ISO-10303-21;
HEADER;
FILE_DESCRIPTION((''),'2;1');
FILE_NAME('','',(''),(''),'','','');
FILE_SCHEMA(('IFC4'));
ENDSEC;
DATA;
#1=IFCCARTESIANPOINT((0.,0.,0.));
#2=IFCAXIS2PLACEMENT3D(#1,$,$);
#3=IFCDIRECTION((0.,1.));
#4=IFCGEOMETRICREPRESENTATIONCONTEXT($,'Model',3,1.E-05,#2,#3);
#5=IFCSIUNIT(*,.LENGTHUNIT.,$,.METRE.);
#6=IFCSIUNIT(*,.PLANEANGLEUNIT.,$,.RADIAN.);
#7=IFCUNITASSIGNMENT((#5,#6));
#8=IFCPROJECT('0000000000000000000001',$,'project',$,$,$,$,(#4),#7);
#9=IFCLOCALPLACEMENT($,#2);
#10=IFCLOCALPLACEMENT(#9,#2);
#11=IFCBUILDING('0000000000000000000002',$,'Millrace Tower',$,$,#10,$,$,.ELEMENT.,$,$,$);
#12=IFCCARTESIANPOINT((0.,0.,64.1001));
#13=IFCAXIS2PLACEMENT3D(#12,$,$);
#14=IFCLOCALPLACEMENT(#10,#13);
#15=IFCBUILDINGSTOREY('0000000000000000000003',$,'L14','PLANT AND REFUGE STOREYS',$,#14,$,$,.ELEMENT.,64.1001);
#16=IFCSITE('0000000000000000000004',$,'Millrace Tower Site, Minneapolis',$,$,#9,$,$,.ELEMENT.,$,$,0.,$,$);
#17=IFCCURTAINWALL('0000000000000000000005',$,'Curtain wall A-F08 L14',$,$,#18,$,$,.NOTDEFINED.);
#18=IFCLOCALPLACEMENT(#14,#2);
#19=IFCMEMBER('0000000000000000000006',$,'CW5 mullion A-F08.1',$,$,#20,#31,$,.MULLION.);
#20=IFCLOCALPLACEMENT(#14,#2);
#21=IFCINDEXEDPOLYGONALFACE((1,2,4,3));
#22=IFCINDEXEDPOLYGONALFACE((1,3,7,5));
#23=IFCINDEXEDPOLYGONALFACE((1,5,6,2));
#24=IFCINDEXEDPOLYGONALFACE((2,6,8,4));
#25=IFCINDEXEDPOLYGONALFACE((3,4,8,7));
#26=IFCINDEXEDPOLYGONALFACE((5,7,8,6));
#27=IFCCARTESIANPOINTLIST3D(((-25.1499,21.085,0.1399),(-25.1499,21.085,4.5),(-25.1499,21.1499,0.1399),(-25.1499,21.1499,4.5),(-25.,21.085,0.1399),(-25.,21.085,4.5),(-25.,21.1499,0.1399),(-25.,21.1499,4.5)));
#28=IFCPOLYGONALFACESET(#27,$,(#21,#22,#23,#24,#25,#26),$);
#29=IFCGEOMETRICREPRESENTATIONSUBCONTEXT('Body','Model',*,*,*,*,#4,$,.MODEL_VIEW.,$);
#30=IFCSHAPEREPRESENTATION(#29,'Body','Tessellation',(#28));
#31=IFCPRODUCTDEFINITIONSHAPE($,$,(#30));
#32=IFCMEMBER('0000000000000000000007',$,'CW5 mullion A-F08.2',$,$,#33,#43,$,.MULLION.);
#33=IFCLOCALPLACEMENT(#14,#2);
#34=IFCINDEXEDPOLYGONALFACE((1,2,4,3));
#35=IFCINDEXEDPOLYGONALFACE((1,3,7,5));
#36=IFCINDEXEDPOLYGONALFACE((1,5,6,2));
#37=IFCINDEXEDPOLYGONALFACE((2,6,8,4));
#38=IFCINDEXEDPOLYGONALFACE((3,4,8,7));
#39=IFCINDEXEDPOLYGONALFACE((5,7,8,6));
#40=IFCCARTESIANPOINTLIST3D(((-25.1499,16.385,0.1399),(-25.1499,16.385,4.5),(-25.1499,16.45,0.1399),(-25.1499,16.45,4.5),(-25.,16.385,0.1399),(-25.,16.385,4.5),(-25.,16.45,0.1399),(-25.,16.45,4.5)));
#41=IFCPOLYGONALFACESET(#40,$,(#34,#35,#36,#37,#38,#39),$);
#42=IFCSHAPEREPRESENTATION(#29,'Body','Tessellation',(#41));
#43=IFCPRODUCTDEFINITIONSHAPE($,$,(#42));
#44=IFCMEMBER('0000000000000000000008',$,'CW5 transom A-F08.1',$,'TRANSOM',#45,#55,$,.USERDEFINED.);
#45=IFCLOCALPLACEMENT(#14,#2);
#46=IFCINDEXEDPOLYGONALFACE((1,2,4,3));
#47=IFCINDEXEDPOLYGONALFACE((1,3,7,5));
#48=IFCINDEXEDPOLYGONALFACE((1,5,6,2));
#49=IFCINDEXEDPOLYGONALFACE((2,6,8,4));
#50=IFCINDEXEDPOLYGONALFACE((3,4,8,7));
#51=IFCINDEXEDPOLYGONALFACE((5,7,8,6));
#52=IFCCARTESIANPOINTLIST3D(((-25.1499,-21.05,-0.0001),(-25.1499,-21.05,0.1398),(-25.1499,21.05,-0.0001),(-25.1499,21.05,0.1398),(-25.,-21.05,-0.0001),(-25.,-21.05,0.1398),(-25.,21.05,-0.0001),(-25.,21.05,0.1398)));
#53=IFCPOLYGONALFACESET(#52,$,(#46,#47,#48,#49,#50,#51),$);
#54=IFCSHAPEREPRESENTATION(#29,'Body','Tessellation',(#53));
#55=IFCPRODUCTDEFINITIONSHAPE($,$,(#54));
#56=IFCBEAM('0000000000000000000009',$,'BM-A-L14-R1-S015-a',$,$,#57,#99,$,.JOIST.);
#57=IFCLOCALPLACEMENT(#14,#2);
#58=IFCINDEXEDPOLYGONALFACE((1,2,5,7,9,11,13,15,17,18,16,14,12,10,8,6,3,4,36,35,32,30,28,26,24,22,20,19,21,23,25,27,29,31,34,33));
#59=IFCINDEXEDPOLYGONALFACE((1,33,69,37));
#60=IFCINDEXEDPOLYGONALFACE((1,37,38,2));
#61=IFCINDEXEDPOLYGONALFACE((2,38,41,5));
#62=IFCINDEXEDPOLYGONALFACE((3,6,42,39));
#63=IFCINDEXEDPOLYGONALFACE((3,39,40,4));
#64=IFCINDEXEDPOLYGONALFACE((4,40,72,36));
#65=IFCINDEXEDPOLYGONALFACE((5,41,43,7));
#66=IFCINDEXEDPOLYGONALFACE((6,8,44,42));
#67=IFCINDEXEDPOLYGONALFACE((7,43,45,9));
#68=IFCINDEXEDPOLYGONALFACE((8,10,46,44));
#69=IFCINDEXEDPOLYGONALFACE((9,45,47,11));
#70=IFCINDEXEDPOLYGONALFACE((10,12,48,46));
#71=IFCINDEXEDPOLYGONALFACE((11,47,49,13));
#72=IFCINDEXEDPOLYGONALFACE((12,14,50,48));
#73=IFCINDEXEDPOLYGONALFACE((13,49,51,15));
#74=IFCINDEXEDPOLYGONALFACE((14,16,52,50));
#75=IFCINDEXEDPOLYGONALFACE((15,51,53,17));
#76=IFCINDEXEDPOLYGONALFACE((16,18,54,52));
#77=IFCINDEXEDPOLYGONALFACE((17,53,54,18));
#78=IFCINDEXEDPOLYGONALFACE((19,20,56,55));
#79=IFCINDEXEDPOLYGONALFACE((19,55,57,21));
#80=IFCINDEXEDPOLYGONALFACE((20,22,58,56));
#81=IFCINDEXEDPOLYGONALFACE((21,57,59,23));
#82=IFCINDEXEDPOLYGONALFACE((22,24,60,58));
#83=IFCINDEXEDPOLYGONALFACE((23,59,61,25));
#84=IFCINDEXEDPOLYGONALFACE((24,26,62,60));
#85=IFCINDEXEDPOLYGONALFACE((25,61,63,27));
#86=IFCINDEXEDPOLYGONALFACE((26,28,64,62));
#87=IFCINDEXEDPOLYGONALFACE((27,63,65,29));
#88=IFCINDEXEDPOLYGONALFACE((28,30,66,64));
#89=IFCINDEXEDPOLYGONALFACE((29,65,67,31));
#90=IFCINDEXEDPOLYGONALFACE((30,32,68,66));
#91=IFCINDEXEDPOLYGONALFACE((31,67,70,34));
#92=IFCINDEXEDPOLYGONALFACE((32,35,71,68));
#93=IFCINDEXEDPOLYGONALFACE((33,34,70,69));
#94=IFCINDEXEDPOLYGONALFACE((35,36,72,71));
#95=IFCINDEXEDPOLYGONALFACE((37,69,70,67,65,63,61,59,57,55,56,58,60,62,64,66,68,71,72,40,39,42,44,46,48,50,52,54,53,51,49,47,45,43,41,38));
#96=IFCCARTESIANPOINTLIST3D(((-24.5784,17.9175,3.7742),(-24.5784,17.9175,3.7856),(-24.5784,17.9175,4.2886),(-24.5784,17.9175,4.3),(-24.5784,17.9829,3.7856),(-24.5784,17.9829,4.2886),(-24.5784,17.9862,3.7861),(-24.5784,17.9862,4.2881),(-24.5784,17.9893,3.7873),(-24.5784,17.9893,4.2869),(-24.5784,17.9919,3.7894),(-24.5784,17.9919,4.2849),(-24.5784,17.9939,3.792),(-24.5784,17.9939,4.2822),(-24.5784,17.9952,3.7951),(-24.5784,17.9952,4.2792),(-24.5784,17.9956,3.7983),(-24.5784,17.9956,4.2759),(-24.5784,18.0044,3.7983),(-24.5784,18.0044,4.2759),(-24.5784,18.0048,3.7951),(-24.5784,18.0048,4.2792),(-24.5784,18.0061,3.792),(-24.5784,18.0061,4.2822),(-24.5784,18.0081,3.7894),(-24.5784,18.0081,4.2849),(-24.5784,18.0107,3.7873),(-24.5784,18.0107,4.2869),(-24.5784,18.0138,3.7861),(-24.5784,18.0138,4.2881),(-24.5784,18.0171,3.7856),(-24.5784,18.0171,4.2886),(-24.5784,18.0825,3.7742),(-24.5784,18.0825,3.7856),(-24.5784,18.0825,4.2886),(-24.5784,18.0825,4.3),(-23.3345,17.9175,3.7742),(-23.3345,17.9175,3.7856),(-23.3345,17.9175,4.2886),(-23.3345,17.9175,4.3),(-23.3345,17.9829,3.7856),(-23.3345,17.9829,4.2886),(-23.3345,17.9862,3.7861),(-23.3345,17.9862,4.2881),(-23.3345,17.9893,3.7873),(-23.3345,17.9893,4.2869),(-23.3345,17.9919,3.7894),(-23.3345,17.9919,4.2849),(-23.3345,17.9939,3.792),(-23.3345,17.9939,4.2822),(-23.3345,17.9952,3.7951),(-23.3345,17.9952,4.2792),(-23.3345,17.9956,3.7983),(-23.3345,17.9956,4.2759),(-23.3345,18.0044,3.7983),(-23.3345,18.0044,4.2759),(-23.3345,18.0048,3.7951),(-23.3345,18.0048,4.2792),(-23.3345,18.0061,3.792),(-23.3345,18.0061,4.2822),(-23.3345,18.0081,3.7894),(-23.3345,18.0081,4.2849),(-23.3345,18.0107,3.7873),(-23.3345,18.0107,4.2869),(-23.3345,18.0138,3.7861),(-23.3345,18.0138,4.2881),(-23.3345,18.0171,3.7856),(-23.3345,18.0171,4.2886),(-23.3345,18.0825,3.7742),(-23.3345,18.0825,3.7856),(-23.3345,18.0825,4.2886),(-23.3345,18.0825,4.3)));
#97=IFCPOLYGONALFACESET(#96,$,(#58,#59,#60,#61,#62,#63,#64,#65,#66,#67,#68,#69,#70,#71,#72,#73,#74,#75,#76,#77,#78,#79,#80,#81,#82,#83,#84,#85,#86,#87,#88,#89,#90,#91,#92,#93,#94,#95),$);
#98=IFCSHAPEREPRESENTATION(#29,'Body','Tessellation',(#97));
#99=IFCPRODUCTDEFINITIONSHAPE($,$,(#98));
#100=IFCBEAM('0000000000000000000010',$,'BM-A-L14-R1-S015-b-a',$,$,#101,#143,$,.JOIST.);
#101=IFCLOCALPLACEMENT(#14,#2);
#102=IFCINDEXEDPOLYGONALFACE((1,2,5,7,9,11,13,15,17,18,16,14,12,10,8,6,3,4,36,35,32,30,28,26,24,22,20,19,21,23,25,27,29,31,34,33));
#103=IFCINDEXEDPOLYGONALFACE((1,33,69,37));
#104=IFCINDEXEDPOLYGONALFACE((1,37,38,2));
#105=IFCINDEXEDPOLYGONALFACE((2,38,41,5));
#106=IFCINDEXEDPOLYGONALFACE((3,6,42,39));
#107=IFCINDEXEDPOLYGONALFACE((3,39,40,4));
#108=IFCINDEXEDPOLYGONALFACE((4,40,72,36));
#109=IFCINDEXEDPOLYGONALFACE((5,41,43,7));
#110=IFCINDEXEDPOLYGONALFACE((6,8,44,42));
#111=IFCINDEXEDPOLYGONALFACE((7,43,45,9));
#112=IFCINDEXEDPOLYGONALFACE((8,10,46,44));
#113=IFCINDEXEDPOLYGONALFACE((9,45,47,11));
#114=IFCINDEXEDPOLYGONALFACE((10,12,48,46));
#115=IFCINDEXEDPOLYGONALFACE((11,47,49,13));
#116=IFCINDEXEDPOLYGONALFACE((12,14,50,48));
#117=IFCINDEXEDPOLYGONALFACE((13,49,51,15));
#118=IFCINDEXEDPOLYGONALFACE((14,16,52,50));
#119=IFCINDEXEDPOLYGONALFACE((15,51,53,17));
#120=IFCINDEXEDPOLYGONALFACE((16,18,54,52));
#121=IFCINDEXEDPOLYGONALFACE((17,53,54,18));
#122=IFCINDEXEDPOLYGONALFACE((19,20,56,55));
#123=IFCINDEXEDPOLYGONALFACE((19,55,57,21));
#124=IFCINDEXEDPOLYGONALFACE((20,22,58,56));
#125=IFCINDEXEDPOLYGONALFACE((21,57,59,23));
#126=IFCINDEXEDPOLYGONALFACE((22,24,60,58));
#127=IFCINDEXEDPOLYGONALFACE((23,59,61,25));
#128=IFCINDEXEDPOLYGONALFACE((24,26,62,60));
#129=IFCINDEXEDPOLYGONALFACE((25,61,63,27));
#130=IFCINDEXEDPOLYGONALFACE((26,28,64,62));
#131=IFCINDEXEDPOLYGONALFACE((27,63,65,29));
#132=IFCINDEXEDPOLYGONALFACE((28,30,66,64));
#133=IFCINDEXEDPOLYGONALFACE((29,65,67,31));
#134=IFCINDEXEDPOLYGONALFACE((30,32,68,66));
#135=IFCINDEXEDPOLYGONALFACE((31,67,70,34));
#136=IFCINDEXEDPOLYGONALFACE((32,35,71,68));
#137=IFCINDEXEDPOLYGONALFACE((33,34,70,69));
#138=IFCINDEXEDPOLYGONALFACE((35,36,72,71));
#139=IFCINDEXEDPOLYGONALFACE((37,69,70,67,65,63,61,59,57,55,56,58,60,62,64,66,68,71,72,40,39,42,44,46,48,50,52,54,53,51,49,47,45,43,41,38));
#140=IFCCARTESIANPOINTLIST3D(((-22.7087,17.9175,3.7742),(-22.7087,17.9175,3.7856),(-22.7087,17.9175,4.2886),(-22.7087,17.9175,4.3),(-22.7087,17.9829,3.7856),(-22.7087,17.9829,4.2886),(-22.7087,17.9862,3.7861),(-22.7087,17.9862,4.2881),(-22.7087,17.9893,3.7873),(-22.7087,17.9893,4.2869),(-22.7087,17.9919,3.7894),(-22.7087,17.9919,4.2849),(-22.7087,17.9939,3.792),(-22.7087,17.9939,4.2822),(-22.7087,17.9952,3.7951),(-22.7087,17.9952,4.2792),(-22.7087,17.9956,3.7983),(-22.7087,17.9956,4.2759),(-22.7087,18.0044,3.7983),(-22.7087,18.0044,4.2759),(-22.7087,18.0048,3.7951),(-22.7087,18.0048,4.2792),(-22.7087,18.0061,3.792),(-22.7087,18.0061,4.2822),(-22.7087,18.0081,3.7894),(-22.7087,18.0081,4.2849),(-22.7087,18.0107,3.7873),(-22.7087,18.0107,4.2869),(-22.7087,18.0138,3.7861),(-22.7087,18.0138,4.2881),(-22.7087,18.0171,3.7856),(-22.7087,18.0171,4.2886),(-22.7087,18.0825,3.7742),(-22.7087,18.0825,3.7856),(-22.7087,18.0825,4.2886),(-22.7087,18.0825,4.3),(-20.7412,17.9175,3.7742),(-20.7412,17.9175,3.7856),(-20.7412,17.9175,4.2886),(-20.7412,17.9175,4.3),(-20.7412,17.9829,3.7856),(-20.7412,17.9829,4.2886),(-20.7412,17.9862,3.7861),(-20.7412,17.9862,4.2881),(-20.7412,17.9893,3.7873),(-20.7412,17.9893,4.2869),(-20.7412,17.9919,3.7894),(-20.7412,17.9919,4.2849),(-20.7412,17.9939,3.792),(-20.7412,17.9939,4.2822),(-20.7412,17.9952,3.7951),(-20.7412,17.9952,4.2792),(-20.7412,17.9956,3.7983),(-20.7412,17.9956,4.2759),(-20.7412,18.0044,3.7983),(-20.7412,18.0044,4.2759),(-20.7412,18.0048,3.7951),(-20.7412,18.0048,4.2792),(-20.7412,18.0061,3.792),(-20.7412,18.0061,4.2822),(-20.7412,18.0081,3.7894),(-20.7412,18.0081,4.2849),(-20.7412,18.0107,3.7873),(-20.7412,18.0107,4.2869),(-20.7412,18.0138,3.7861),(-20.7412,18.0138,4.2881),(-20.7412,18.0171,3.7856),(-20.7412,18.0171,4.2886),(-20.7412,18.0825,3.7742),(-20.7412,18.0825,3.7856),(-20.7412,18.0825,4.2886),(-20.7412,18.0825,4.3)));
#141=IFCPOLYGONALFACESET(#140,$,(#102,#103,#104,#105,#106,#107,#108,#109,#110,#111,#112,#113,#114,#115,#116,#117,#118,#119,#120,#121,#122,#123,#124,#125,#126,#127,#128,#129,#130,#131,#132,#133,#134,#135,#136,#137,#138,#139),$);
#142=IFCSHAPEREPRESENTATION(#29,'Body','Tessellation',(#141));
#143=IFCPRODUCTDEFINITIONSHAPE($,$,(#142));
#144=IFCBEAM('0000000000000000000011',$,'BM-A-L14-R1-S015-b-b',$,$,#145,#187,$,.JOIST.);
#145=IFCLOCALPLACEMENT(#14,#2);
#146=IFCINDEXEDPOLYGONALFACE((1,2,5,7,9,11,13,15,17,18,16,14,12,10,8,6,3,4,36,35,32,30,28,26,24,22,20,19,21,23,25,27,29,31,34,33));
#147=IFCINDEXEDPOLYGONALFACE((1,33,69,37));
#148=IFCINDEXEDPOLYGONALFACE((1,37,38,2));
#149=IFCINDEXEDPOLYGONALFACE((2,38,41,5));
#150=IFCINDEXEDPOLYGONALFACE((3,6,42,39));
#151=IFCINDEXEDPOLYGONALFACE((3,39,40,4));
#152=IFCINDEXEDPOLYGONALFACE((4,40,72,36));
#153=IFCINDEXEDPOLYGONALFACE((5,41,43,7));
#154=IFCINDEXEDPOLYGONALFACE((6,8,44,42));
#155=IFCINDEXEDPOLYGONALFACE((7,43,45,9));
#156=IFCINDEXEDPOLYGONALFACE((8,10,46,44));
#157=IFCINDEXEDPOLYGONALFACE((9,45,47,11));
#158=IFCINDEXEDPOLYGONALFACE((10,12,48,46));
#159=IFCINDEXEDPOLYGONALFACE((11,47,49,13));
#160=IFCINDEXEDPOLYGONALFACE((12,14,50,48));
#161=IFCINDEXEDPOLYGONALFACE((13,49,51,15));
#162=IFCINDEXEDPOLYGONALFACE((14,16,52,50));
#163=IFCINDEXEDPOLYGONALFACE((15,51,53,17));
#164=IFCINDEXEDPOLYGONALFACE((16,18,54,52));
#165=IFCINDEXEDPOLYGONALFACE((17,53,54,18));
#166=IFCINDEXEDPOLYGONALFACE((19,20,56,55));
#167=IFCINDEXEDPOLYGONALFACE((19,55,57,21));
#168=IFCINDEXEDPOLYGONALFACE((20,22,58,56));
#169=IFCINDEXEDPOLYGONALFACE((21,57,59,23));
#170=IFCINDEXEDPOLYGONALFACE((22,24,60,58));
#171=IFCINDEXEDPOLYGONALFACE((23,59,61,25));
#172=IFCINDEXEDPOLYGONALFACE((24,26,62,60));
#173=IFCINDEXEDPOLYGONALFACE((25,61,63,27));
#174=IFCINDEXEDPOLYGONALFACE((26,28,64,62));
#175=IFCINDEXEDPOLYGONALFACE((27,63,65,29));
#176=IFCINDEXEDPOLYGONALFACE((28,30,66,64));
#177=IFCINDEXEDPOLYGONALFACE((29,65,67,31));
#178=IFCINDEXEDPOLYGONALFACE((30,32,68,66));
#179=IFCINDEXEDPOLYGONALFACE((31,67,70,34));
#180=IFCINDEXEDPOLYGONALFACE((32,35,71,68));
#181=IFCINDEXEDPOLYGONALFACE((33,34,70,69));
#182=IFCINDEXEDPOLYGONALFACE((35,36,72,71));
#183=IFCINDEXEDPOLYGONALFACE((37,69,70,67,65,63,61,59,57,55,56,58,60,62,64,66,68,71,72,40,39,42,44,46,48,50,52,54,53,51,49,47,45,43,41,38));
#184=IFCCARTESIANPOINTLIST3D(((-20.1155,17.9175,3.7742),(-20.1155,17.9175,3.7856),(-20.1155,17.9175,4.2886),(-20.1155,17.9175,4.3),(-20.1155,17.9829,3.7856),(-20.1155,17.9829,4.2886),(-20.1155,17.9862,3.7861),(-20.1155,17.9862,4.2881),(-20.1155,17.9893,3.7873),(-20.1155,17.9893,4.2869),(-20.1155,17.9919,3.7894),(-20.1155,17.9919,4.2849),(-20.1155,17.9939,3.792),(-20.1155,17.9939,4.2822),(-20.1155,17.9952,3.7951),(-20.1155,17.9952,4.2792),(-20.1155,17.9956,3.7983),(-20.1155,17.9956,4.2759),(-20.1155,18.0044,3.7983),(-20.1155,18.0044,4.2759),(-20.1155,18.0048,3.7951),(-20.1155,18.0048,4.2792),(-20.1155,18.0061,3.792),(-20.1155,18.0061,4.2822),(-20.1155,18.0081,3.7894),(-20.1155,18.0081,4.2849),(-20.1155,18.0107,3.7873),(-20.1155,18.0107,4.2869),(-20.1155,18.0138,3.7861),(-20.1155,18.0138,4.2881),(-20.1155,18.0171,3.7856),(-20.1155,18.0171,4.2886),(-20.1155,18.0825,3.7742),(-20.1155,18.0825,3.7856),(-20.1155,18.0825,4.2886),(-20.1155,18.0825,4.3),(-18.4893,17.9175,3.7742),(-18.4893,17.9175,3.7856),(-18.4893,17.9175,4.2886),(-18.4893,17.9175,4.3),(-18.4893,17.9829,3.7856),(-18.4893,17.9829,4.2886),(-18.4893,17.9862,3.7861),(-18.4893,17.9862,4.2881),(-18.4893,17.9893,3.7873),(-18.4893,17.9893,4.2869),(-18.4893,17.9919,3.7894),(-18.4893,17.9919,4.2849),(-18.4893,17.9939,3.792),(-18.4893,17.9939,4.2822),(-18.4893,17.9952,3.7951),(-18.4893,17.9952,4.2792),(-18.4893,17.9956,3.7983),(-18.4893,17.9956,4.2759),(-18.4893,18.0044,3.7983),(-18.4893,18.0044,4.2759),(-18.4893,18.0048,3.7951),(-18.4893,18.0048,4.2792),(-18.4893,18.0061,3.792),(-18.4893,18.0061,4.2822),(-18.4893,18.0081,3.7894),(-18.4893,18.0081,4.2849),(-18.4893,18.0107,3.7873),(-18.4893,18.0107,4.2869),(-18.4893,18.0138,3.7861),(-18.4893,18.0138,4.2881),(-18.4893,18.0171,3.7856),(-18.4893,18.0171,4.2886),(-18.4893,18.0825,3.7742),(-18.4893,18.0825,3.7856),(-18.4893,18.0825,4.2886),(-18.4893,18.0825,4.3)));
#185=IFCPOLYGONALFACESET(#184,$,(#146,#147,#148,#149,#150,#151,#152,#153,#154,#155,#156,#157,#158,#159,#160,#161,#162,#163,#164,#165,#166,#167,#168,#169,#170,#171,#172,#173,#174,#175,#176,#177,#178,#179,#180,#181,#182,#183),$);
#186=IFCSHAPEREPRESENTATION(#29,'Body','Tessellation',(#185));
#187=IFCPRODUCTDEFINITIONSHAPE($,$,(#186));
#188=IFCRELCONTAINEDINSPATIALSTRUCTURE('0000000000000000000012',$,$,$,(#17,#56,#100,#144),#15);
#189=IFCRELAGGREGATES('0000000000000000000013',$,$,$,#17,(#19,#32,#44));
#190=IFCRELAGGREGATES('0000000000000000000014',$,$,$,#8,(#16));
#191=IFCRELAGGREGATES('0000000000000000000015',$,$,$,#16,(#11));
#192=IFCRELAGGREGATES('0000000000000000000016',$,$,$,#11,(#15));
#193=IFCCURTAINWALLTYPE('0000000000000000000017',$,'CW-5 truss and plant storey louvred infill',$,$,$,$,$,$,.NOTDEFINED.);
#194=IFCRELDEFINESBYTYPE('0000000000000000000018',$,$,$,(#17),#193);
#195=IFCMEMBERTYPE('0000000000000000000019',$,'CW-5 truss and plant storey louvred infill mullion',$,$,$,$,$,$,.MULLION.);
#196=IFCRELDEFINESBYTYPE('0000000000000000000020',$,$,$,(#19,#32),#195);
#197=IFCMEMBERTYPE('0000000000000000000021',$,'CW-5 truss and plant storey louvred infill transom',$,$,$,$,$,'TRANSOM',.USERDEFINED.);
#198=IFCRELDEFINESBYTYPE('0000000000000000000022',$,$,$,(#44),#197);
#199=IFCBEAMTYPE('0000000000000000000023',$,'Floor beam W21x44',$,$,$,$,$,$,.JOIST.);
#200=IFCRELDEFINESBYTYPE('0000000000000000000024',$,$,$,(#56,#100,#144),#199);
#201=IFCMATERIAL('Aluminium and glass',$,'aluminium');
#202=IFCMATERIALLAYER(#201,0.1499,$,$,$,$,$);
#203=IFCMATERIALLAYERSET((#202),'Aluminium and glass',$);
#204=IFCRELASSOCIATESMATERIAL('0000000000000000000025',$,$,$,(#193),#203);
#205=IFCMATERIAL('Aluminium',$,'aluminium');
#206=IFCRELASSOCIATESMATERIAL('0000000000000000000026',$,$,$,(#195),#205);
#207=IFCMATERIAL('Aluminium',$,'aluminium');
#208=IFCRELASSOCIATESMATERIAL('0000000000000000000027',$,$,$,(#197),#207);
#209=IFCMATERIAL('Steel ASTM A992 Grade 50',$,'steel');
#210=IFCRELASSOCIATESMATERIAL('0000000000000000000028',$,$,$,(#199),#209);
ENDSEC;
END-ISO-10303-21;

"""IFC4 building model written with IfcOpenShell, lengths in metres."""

from ifc_helpers import new_model, si_unit, direction, frame, origin, origin_2d, place, context, subcontext, project, spatial, rectangle, i_section, extrude, material, layer, layer_set, material_profile, profile_set, type_object, element, aggregate, save


model = new_model("IFC4")

# Units and contexts
model_context = context("Model", 3, precision=1e-05, world=origin(), true_north=direction((0.0, 1.0)))
body_context = subcontext(model_context, "Body", "Model", "MODEL_VIEW")
ifc_project = project(units=[si_unit("LENGTHUNIT", "METRE"), si_unit("PLANEANGLEUNIT", "RADIAN")], contexts=[model_context])

# Site, building, storey
site_placement = place(None, origin())
site = spatial("IfcSite", under=ifc_project, at=site_placement, Name="Millrace Tower Site, Minneapolis", CompositionType="ELEMENT", RefElevation=0.0)
building_placement = place(site_placement, origin())
building = spatial("IfcBuilding", under=site, at=building_placement, Name="Millrace Tower", CompositionType="ELEMENT")
storey_placement = place(building_placement, frame((0.0, 0.0, 64.1001)))
storey = spatial("IfcBuildingStorey", under=building, at=storey_placement, Name="L14", Description="PLANT AND REFUGE STOREYS", CompositionType="ELEMENT", Elevation=64.1001)

# Curtain wall, members
ifc_material_1 = material(Name="Aluminium and glass", Category="aluminium")
ifc_layer_1 = layer(ifc_material_1, 0.1499)
ifc_layer_set_1 = layer_set([ifc_layer_1], Name="Aluminium and glass")
curtain_wall_type = type_object("IfcCurtainWallType", Name="CW-5 truss and plant storey louvred infill", PredefinedType="NOTDEFINED", material=ifc_layer_set_1)
curtain_wall_placement = place(storey_placement, origin())
curtain_wall = element("IfcCurtainWall", 1, at=curtain_wall_placement, inside=storey, type_object=curtain_wall_type, Name="Curtain wall A-F08 L14", PredefinedType="NOTDEFINED")
ifc_material_2 = material(Name="Aluminium", Category="aluminium")
ifc_material_profile_1 = material_profile(ifc_material_2, rectangle(XDim=0.0649, YDim=0.1499, at=origin_2d()))
ifc_profile_set_1 = profile_set([ifc_material_profile_1], Name="Aluminium")
member_type_1 = type_object("IfcMemberType", Name="CW-5 truss and plant storey louvred infill mullion", PredefinedType="MULLION", material=ifc_profile_set_1)
member_1_placement = place(storey_placement, frame((-25.075, 21.1174, 0.1399), z_axis=(0.0, 0.0, 1.0), x_axis=(0.0, -1.0, 0.0)))
member_1 = element("IfcMember", 2, at=member_1_placement, type_object=member_type_1, Name="CW5 mullion A-F08.1", PredefinedType="MULLION", context=body_context, shape_type="SweptSolid", body=[
    extrude(rectangle(XDim=0.0649, YDim=0.1499, at=origin_2d()), origin(), (0.0, 0.0, 1.0), 4.3601),
])
member_2_placement = place(storey_placement, frame((-25.075, 16.4175, 0.1399), z_axis=(0.0, 0.0, 1.0), x_axis=(0.0, -1.0, 0.0)))
member_2 = element("IfcMember", 3, at=member_2_placement, type_object=member_type_1, Name="CW5 mullion A-F08.2", PredefinedType="MULLION", context=body_context, shape_type="SweptSolid", body=[
    extrude(rectangle(XDim=0.0649, YDim=0.1499, at=origin_2d()), origin(), (0.0, 0.0, 1.0), 4.3601),
])
ifc_material_3 = material(Name="Aluminium", Category="aluminium")
ifc_material_profile_2 = material_profile(ifc_material_3, rectangle(XDim=0.1499, YDim=0.1399, at=origin_2d()))
ifc_profile_set_2 = profile_set([ifc_material_profile_2], Name="Aluminium")
member_type_2 = type_object("IfcMemberType", Name="CW-5 truss and plant storey louvred infill transom", ElementType="TRANSOM", PredefinedType="USERDEFINED", material=ifc_profile_set_2)
member_3_placement = place(storey_placement, frame((-25.075, 21.05, 0.0698), z_axis=(0.0, -1.0, 0.0), x_axis=(1.0, 0.0, 0.0)))
member_3 = element("IfcMember", 4, at=member_3_placement, type_object=member_type_2, Name="CW5 transom A-F08.1", ObjectType="TRANSOM", PredefinedType="USERDEFINED", context=body_context, shape_type="SweptSolid", body=[
    extrude(rectangle(XDim=0.1499, YDim=0.1399, at=origin_2d()), origin(), (0.0, 0.0, 1.0), 42.1001),
])
aggregate(curtain_wall, [member_1, member_2, member_3])

# Beams
ifc_material_4 = material(Name="Steel ASTM A992 Grade 50", Category="steel")
ifc_material_profile_3 = material_profile(ifc_material_4, i_section(OverallWidth=0.165, OverallDepth=0.5259, WebThickness=0.0088, FlangeThickness=0.0115, FilletRadius=0.0127, at=origin_2d()))
ifc_profile_set_3 = profile_set([ifc_material_profile_3], Name="Steel ASTM A992 Grade 50")
beam_type_1 = type_object("IfcBeamType", Name="Floor beam W21x44", PredefinedType="JOIST", material=ifc_profile_set_3)
beam_1_placement = place(storey_placement, frame((-24.5784, 18.0, 4.0371), z_axis=(1.0, 0.0, 0.0), x_axis=(0.0, 1.0, 0.0)))
element("IfcBeam", 5, at=beam_1_placement, inside=storey, type_object=beam_type_1, Name="BM-A-L14-R1-S015-a", PredefinedType="JOIST", context=body_context, shape_type="SweptSolid", body=[
    extrude(i_section(OverallWidth=0.165, OverallDepth=0.5259, WebThickness=0.0088, FlangeThickness=0.0115, FilletRadius=0.0127, at=origin_2d()), origin(), (0.0, 0.0, 1.0), 1.2439),
])
beam_2_placement = place(storey_placement, frame((-22.7087, 18.0, 4.0371), z_axis=(1.0, 0.0, 0.0), x_axis=(0.0, 1.0, 0.0)))
element("IfcBeam", 6, at=beam_2_placement, inside=storey, type_object=beam_type_1, Name="BM-A-L14-R1-S015-b-a", PredefinedType="JOIST", context=body_context, shape_type="SweptSolid", body=[
    extrude(i_section(OverallWidth=0.165, OverallDepth=0.5259, WebThickness=0.0088, FlangeThickness=0.0115, FilletRadius=0.0127, at=origin_2d()), origin(), (0.0, 0.0, 1.0), 1.9675),
])
beam_3_placement = place(storey_placement, frame((-20.1155, 18.0, 4.0371), z_axis=(1.0, 0.0, 0.0), x_axis=(0.0, 1.0, 0.0)))
element("IfcBeam", 7, at=beam_3_placement, inside=storey, type_object=beam_type_1, Name="BM-A-L14-R1-S015-b-b", PredefinedType="JOIST", context=body_context, shape_type="SweptSolid", body=[
    extrude(i_section(OverallWidth=0.165, OverallDepth=0.5259, WebThickness=0.0088, FlangeThickness=0.0115, FilletRadius=0.0127, at=origin_2d()), origin(), (0.0, 0.0, 1.0), 1.6262),
])

save(model, "model.ifc")
